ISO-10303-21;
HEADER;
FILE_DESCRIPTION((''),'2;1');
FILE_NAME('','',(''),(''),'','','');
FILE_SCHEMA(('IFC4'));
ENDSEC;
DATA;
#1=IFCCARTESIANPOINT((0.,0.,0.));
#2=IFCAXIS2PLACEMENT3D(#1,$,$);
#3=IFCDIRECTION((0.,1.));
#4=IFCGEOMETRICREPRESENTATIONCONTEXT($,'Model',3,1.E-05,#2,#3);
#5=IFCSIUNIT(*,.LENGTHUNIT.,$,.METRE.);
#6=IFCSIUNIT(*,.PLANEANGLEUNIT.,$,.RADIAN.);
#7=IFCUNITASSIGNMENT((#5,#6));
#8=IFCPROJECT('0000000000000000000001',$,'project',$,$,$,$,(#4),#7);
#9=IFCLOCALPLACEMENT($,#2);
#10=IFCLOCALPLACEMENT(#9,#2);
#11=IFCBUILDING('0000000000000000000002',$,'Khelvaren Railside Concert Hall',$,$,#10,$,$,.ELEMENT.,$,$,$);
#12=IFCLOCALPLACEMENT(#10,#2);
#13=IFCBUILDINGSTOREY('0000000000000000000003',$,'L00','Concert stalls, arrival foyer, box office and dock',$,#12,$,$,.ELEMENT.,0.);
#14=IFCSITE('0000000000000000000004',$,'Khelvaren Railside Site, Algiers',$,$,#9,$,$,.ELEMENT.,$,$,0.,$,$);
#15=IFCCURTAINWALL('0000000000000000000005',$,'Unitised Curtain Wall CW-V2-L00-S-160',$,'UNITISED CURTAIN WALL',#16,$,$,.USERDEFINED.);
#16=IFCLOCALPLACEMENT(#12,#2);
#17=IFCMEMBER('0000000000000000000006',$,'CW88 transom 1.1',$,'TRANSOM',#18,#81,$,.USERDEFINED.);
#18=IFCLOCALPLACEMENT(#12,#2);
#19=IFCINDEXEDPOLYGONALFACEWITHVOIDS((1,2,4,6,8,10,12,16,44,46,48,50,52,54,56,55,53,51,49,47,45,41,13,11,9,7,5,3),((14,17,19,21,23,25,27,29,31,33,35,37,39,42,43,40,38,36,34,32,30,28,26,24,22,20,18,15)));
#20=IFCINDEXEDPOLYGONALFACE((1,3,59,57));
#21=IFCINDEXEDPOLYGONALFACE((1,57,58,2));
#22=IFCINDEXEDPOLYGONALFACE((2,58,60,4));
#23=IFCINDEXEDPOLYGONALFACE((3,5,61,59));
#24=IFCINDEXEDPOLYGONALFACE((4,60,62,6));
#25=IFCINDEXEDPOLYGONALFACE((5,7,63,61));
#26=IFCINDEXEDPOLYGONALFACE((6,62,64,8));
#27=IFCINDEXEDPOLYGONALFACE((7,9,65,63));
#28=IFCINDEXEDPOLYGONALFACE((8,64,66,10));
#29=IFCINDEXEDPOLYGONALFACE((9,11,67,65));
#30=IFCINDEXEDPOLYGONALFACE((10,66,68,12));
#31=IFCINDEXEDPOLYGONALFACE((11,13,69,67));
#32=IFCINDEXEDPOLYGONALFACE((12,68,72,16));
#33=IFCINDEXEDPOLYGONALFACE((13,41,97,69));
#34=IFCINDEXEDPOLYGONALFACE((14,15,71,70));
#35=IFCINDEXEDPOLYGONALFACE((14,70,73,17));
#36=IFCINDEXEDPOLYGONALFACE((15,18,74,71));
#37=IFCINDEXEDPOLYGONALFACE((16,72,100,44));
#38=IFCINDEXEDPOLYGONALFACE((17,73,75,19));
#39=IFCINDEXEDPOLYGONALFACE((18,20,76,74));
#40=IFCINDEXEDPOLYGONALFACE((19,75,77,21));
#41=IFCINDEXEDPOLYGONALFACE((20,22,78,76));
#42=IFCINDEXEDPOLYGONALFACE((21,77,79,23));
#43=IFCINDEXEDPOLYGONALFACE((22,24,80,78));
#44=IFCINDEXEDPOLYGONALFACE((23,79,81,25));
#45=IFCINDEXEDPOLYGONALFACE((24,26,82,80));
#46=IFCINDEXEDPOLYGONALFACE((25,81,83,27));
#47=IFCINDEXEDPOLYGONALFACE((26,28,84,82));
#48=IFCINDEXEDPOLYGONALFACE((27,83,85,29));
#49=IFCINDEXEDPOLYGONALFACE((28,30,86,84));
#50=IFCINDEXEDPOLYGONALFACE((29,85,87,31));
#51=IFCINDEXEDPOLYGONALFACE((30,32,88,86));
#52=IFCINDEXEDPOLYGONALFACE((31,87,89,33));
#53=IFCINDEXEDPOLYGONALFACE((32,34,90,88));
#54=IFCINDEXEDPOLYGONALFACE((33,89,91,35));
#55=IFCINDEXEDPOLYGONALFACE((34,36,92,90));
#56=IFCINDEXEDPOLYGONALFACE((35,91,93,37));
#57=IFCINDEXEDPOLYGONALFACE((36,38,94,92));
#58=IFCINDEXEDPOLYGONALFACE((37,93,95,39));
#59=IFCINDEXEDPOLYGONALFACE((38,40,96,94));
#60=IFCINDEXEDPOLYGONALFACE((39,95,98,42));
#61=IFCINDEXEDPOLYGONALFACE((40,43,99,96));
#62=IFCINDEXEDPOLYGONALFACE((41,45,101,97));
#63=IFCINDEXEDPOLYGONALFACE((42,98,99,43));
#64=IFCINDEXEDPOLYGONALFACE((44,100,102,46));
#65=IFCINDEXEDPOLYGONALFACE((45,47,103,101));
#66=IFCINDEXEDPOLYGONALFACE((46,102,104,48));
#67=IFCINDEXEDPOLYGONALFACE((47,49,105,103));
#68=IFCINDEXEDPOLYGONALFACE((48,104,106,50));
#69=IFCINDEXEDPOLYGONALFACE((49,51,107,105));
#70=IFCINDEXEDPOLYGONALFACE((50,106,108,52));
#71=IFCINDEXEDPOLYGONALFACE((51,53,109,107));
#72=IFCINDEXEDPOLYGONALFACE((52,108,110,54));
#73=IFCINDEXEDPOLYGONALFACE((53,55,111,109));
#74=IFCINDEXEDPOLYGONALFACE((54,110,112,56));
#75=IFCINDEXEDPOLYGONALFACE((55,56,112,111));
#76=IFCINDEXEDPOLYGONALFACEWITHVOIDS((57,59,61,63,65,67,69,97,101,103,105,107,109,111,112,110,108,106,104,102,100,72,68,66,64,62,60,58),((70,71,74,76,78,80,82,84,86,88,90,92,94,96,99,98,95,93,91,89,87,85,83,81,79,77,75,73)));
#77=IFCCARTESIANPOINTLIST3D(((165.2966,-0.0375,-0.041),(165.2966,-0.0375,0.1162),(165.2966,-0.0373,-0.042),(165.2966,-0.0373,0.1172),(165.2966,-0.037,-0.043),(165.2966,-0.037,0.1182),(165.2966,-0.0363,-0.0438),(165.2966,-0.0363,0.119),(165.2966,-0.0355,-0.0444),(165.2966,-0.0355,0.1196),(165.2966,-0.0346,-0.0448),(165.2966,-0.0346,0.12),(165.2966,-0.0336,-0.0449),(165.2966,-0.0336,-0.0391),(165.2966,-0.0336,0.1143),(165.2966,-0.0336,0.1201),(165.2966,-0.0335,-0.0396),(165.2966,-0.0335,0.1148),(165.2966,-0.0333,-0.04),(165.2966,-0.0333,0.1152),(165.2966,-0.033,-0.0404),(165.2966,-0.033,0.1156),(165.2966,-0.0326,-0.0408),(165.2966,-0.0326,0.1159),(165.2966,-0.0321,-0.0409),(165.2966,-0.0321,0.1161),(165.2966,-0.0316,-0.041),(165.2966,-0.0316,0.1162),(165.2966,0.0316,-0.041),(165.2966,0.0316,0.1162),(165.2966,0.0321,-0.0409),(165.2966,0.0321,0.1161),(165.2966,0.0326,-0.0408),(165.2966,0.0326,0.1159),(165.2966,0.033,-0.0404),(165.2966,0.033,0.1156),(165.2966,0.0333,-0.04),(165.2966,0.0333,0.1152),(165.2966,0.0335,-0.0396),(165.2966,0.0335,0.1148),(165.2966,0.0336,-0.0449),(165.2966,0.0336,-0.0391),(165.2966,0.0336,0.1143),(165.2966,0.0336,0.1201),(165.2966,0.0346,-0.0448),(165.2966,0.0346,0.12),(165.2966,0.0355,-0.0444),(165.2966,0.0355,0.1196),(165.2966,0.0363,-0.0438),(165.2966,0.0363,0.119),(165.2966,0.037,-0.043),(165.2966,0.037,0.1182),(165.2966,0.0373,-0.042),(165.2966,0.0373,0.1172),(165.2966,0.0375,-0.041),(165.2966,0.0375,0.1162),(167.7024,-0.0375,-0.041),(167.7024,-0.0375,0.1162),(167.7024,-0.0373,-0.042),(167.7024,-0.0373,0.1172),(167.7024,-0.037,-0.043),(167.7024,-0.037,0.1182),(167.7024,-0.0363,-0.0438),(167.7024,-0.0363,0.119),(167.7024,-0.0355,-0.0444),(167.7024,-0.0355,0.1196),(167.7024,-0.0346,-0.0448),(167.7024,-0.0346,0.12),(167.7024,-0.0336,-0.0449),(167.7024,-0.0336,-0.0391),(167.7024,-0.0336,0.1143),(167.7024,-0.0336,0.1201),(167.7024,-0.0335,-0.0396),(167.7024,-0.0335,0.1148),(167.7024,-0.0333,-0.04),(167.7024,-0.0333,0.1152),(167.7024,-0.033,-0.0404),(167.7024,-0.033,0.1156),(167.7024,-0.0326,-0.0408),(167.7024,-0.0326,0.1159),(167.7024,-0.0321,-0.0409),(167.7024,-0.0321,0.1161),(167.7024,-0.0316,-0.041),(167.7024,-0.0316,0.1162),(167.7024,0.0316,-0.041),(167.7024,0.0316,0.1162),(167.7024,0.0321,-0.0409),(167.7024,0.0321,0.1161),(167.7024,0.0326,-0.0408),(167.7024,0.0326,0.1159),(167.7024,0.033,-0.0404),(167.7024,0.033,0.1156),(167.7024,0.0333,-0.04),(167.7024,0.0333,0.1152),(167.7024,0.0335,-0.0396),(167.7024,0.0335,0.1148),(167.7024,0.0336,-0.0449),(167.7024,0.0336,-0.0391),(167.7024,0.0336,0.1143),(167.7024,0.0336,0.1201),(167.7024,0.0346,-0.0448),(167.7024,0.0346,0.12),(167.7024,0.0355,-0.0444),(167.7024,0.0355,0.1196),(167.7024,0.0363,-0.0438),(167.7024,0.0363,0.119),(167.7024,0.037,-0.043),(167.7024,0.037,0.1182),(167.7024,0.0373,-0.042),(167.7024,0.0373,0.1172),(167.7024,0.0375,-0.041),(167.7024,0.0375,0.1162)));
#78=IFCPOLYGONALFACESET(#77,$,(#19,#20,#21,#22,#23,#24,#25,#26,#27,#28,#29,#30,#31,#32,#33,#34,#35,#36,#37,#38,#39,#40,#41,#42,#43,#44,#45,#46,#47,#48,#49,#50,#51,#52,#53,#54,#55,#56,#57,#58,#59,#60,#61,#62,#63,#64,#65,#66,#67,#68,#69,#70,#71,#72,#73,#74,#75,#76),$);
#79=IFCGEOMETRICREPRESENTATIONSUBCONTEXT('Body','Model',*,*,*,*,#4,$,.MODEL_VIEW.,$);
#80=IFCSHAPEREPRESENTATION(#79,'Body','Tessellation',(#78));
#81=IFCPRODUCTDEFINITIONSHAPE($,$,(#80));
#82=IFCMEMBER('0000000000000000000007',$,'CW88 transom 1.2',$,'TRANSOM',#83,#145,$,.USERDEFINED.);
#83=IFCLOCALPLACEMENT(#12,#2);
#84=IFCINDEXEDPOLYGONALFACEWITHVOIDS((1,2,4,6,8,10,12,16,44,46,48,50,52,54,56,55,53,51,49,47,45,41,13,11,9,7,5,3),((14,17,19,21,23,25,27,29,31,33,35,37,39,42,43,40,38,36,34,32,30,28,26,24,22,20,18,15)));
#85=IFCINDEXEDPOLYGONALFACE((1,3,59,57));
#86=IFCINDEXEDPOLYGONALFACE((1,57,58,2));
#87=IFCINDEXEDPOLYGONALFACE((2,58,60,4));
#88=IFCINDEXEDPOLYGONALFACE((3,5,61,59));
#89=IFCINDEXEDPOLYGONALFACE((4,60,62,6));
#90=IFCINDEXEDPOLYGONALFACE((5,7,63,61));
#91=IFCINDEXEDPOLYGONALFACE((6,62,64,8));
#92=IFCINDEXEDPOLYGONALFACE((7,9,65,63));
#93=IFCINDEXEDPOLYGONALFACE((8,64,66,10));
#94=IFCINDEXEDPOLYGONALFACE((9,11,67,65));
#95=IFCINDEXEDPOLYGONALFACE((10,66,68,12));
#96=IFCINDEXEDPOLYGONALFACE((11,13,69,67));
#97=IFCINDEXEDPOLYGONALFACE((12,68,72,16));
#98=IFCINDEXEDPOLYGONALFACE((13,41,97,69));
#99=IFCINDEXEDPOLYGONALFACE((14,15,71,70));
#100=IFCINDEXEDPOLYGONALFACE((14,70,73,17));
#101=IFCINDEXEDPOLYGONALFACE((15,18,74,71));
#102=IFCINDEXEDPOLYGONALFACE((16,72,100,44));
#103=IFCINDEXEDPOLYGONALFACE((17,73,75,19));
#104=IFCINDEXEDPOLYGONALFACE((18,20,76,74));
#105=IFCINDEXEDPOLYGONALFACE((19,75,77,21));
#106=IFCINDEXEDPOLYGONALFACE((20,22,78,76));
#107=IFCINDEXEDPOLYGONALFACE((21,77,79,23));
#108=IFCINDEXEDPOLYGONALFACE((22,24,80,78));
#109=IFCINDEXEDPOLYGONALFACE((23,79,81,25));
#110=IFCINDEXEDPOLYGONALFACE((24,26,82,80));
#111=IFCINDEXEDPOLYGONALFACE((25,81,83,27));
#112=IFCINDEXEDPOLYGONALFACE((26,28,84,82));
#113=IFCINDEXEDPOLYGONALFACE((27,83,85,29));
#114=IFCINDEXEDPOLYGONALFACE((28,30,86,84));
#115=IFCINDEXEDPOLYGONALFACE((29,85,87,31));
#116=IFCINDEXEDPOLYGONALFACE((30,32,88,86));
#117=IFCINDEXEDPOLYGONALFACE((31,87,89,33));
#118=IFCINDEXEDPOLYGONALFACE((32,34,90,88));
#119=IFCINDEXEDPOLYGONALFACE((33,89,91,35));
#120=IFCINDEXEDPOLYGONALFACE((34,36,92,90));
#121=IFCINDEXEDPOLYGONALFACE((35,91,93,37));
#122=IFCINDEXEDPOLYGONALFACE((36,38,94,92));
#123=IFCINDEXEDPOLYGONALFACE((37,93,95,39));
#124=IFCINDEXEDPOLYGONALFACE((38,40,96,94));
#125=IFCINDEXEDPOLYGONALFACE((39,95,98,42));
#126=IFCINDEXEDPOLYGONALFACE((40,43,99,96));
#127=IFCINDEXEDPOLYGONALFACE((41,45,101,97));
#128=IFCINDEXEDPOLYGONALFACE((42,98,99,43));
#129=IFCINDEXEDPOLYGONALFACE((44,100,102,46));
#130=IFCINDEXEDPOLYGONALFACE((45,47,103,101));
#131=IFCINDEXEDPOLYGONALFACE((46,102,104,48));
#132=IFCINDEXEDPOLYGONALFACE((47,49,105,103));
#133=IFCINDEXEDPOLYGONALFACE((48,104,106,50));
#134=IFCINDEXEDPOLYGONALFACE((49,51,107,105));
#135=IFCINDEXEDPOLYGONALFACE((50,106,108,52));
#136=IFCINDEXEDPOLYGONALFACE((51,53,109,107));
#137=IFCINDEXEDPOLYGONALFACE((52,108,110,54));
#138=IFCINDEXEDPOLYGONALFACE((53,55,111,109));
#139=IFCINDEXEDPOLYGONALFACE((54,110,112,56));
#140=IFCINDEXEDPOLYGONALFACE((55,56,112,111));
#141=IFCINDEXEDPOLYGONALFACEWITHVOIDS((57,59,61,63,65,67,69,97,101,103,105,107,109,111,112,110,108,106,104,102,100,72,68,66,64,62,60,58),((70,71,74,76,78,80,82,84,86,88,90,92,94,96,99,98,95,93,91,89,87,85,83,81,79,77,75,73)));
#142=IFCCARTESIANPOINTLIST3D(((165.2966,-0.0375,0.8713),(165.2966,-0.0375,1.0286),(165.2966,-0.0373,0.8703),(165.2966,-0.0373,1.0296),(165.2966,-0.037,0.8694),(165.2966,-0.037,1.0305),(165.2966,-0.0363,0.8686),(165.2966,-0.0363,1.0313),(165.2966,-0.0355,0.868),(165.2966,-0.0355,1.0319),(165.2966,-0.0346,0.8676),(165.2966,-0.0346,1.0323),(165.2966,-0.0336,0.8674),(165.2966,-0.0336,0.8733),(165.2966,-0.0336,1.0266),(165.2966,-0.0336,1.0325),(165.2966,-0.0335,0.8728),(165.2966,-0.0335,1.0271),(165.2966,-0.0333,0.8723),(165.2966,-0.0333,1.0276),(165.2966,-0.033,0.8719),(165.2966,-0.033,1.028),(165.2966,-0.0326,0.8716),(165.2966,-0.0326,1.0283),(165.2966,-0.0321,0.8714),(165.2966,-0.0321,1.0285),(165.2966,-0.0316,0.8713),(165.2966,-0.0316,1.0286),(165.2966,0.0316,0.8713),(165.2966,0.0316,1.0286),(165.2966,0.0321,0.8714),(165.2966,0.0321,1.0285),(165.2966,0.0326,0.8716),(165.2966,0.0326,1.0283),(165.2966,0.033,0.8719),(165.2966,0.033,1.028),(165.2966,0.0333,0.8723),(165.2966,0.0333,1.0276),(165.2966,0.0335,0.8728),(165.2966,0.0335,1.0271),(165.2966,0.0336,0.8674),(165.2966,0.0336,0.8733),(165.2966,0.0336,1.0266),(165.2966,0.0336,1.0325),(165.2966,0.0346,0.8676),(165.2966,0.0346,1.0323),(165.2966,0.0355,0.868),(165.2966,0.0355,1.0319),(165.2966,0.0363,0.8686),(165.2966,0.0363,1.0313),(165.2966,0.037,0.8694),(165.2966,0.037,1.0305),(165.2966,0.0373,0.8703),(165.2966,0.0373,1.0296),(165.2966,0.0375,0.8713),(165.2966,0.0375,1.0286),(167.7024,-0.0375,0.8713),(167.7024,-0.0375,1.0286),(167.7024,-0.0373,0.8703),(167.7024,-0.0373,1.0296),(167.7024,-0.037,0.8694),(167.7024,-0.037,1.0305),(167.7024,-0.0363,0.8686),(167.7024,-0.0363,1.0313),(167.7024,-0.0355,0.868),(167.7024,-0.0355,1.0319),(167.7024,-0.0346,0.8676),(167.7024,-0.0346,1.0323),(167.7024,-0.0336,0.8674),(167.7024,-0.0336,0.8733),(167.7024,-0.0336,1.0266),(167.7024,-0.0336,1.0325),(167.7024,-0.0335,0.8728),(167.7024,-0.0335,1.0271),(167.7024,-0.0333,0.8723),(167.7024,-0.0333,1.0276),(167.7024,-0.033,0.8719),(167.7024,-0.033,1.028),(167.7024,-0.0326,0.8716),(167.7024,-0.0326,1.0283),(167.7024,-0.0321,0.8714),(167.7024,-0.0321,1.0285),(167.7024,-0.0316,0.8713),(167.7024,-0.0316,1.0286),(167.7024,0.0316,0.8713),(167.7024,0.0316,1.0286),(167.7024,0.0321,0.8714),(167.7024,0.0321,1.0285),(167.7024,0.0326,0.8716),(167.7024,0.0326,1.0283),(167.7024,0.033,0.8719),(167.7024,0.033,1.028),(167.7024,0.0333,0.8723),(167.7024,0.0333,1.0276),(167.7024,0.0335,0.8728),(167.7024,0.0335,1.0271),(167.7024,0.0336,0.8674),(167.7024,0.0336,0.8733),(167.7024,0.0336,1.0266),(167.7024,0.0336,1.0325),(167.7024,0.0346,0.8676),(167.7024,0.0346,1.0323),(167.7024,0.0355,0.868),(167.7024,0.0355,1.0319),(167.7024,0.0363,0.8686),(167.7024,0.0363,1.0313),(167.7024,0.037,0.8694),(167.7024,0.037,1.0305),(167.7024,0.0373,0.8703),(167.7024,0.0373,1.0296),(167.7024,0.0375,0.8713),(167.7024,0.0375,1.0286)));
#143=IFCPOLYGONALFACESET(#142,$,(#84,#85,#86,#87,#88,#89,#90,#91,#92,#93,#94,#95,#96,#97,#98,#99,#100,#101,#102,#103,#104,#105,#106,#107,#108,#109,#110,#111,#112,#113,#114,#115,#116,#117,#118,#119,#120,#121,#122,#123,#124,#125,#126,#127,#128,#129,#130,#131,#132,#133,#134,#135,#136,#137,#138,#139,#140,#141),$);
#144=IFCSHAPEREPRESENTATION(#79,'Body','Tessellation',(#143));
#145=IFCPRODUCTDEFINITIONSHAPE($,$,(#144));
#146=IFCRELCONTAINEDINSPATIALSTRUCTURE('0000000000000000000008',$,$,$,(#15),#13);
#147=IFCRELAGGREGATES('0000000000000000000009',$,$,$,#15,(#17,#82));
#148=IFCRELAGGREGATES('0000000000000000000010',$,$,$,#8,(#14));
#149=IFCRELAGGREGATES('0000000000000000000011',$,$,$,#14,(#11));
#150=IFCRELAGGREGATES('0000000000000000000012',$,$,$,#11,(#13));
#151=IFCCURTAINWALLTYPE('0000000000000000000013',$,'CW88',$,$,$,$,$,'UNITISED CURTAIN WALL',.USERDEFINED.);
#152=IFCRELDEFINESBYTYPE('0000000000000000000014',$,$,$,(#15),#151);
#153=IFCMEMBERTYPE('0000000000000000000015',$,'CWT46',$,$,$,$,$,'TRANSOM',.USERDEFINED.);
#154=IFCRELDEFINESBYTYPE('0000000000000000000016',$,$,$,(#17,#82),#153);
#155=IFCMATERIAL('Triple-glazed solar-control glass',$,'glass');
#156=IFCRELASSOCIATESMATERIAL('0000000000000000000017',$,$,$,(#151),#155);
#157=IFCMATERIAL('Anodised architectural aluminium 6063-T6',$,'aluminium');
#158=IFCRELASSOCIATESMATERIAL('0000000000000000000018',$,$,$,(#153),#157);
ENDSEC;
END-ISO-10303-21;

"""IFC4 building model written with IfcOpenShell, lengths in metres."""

from ifc_helpers import new_model, si_unit, direction, frame, origin, origin_2d, place, context, subcontext, project, spatial, hollow_rectangle, extrude, material, material_profile, profile_set, type_object, element, aggregate, save


model = new_model("IFC4")

# Units and contexts
model_context = context("Model", 3, precision=1e-05, world=origin(), true_north=direction((0.0, 1.0)))
body_context = subcontext(model_context, "Body", "Model", "MODEL_VIEW")
ifc_project = project(units=[si_unit("LENGTHUNIT", "METRE"), si_unit("PLANEANGLEUNIT", "RADIAN")], contexts=[model_context])

# Site, building, storey
site_placement = place(None, origin())
site = spatial("IfcSite", under=ifc_project, at=site_placement, Name="Khelvaren Railside Site, Algiers", CompositionType="ELEMENT", RefElevation=0.0)
building_placement = place(site_placement, origin())
building = spatial("IfcBuilding", under=site, at=building_placement, Name="Khelvaren Railside Concert Hall", CompositionType="ELEMENT")
storey_placement = place(building_placement, origin())
storey = spatial("IfcBuildingStorey", under=building, at=storey_placement, Name="L00", Description="Concert stalls, arrival foyer, box office and dock", CompositionType="ELEMENT", Elevation=0.0)

# Curtain wall, members
ifc_material_1 = material(Name="Triple-glazed solar-control glass", Category="glass")
curtain_wall_type = type_object("IfcCurtainWallType", Name="CW88", ElementType="UNITISED CURTAIN WALL", PredefinedType="USERDEFINED", material=ifc_material_1)
curtain_wall_placement = place(storey_placement, origin())
curtain_wall = element("IfcCurtainWall", 1, at=curtain_wall_placement, inside=storey, type_object=curtain_wall_type, Name="Unitised Curtain Wall CW-V2-L00-S-160", ObjectType="UNITISED CURTAIN WALL", PredefinedType="USERDEFINED")
ifc_material_2 = material(Name="Anodised architectural aluminium 6063-T6", Category="aluminium")
ifc_material_profile_1 = material_profile(ifc_material_2, hollow_rectangle(XDim=0.075, YDim=0.165, WallThickness=0.0039, InnerFilletRadius=0.002, OuterFilletRadius=0.0039, at=origin_2d()), Name="CWT 75x165x4")
ifc_profile_set_1 = profile_set([ifc_material_profile_1], Name="Anodised architectural aluminium 6063-T6")
member_type_1 = type_object("IfcMemberType", Name="CWT46", ElementType="TRANSOM", PredefinedType="USERDEFINED", material=ifc_profile_set_1)
member_1_placement = place(storey_placement, frame((167.7024, 0.0, 0.0376), z_axis=(-1.0, 0.0, 0.0), x_axis=(0.0, -1.0, 0.0)))
member_1 = element("IfcMember", 2, at=member_1_placement, type_object=member_type_1, Name="CW88 transom 1.1", ObjectType="TRANSOM", PredefinedType="USERDEFINED", context=body_context, shape_type="SweptSolid", body=[
    extrude(hollow_rectangle(XDim=0.075, YDim=0.165, WallThickness=0.0039, InnerFilletRadius=0.002, OuterFilletRadius=0.0039, at=origin_2d()), origin(), (0.0, 0.0, 1.0), 2.4058),
])
member_2_placement = place(storey_placement, frame((167.7024, 0.0, 0.95), z_axis=(-1.0, 0.0, 0.0), x_axis=(0.0, -1.0, 0.0)))
member_2 = element("IfcMember", 3, at=member_2_placement, type_object=member_type_1, Name="CW88 transom 1.2", ObjectType="TRANSOM", PredefinedType="USERDEFINED", context=body_context, shape_type="SweptSolid", body=[
    extrude(hollow_rectangle(XDim=0.075, YDim=0.165, WallThickness=0.0039, InnerFilletRadius=0.002, OuterFilletRadius=0.0039, at=origin_2d()), origin(), (0.0, 0.0, 1.0), 2.4058),
])

aggregate(curtain_wall, [member_1, member_2])

save(model, "model.ifc")
